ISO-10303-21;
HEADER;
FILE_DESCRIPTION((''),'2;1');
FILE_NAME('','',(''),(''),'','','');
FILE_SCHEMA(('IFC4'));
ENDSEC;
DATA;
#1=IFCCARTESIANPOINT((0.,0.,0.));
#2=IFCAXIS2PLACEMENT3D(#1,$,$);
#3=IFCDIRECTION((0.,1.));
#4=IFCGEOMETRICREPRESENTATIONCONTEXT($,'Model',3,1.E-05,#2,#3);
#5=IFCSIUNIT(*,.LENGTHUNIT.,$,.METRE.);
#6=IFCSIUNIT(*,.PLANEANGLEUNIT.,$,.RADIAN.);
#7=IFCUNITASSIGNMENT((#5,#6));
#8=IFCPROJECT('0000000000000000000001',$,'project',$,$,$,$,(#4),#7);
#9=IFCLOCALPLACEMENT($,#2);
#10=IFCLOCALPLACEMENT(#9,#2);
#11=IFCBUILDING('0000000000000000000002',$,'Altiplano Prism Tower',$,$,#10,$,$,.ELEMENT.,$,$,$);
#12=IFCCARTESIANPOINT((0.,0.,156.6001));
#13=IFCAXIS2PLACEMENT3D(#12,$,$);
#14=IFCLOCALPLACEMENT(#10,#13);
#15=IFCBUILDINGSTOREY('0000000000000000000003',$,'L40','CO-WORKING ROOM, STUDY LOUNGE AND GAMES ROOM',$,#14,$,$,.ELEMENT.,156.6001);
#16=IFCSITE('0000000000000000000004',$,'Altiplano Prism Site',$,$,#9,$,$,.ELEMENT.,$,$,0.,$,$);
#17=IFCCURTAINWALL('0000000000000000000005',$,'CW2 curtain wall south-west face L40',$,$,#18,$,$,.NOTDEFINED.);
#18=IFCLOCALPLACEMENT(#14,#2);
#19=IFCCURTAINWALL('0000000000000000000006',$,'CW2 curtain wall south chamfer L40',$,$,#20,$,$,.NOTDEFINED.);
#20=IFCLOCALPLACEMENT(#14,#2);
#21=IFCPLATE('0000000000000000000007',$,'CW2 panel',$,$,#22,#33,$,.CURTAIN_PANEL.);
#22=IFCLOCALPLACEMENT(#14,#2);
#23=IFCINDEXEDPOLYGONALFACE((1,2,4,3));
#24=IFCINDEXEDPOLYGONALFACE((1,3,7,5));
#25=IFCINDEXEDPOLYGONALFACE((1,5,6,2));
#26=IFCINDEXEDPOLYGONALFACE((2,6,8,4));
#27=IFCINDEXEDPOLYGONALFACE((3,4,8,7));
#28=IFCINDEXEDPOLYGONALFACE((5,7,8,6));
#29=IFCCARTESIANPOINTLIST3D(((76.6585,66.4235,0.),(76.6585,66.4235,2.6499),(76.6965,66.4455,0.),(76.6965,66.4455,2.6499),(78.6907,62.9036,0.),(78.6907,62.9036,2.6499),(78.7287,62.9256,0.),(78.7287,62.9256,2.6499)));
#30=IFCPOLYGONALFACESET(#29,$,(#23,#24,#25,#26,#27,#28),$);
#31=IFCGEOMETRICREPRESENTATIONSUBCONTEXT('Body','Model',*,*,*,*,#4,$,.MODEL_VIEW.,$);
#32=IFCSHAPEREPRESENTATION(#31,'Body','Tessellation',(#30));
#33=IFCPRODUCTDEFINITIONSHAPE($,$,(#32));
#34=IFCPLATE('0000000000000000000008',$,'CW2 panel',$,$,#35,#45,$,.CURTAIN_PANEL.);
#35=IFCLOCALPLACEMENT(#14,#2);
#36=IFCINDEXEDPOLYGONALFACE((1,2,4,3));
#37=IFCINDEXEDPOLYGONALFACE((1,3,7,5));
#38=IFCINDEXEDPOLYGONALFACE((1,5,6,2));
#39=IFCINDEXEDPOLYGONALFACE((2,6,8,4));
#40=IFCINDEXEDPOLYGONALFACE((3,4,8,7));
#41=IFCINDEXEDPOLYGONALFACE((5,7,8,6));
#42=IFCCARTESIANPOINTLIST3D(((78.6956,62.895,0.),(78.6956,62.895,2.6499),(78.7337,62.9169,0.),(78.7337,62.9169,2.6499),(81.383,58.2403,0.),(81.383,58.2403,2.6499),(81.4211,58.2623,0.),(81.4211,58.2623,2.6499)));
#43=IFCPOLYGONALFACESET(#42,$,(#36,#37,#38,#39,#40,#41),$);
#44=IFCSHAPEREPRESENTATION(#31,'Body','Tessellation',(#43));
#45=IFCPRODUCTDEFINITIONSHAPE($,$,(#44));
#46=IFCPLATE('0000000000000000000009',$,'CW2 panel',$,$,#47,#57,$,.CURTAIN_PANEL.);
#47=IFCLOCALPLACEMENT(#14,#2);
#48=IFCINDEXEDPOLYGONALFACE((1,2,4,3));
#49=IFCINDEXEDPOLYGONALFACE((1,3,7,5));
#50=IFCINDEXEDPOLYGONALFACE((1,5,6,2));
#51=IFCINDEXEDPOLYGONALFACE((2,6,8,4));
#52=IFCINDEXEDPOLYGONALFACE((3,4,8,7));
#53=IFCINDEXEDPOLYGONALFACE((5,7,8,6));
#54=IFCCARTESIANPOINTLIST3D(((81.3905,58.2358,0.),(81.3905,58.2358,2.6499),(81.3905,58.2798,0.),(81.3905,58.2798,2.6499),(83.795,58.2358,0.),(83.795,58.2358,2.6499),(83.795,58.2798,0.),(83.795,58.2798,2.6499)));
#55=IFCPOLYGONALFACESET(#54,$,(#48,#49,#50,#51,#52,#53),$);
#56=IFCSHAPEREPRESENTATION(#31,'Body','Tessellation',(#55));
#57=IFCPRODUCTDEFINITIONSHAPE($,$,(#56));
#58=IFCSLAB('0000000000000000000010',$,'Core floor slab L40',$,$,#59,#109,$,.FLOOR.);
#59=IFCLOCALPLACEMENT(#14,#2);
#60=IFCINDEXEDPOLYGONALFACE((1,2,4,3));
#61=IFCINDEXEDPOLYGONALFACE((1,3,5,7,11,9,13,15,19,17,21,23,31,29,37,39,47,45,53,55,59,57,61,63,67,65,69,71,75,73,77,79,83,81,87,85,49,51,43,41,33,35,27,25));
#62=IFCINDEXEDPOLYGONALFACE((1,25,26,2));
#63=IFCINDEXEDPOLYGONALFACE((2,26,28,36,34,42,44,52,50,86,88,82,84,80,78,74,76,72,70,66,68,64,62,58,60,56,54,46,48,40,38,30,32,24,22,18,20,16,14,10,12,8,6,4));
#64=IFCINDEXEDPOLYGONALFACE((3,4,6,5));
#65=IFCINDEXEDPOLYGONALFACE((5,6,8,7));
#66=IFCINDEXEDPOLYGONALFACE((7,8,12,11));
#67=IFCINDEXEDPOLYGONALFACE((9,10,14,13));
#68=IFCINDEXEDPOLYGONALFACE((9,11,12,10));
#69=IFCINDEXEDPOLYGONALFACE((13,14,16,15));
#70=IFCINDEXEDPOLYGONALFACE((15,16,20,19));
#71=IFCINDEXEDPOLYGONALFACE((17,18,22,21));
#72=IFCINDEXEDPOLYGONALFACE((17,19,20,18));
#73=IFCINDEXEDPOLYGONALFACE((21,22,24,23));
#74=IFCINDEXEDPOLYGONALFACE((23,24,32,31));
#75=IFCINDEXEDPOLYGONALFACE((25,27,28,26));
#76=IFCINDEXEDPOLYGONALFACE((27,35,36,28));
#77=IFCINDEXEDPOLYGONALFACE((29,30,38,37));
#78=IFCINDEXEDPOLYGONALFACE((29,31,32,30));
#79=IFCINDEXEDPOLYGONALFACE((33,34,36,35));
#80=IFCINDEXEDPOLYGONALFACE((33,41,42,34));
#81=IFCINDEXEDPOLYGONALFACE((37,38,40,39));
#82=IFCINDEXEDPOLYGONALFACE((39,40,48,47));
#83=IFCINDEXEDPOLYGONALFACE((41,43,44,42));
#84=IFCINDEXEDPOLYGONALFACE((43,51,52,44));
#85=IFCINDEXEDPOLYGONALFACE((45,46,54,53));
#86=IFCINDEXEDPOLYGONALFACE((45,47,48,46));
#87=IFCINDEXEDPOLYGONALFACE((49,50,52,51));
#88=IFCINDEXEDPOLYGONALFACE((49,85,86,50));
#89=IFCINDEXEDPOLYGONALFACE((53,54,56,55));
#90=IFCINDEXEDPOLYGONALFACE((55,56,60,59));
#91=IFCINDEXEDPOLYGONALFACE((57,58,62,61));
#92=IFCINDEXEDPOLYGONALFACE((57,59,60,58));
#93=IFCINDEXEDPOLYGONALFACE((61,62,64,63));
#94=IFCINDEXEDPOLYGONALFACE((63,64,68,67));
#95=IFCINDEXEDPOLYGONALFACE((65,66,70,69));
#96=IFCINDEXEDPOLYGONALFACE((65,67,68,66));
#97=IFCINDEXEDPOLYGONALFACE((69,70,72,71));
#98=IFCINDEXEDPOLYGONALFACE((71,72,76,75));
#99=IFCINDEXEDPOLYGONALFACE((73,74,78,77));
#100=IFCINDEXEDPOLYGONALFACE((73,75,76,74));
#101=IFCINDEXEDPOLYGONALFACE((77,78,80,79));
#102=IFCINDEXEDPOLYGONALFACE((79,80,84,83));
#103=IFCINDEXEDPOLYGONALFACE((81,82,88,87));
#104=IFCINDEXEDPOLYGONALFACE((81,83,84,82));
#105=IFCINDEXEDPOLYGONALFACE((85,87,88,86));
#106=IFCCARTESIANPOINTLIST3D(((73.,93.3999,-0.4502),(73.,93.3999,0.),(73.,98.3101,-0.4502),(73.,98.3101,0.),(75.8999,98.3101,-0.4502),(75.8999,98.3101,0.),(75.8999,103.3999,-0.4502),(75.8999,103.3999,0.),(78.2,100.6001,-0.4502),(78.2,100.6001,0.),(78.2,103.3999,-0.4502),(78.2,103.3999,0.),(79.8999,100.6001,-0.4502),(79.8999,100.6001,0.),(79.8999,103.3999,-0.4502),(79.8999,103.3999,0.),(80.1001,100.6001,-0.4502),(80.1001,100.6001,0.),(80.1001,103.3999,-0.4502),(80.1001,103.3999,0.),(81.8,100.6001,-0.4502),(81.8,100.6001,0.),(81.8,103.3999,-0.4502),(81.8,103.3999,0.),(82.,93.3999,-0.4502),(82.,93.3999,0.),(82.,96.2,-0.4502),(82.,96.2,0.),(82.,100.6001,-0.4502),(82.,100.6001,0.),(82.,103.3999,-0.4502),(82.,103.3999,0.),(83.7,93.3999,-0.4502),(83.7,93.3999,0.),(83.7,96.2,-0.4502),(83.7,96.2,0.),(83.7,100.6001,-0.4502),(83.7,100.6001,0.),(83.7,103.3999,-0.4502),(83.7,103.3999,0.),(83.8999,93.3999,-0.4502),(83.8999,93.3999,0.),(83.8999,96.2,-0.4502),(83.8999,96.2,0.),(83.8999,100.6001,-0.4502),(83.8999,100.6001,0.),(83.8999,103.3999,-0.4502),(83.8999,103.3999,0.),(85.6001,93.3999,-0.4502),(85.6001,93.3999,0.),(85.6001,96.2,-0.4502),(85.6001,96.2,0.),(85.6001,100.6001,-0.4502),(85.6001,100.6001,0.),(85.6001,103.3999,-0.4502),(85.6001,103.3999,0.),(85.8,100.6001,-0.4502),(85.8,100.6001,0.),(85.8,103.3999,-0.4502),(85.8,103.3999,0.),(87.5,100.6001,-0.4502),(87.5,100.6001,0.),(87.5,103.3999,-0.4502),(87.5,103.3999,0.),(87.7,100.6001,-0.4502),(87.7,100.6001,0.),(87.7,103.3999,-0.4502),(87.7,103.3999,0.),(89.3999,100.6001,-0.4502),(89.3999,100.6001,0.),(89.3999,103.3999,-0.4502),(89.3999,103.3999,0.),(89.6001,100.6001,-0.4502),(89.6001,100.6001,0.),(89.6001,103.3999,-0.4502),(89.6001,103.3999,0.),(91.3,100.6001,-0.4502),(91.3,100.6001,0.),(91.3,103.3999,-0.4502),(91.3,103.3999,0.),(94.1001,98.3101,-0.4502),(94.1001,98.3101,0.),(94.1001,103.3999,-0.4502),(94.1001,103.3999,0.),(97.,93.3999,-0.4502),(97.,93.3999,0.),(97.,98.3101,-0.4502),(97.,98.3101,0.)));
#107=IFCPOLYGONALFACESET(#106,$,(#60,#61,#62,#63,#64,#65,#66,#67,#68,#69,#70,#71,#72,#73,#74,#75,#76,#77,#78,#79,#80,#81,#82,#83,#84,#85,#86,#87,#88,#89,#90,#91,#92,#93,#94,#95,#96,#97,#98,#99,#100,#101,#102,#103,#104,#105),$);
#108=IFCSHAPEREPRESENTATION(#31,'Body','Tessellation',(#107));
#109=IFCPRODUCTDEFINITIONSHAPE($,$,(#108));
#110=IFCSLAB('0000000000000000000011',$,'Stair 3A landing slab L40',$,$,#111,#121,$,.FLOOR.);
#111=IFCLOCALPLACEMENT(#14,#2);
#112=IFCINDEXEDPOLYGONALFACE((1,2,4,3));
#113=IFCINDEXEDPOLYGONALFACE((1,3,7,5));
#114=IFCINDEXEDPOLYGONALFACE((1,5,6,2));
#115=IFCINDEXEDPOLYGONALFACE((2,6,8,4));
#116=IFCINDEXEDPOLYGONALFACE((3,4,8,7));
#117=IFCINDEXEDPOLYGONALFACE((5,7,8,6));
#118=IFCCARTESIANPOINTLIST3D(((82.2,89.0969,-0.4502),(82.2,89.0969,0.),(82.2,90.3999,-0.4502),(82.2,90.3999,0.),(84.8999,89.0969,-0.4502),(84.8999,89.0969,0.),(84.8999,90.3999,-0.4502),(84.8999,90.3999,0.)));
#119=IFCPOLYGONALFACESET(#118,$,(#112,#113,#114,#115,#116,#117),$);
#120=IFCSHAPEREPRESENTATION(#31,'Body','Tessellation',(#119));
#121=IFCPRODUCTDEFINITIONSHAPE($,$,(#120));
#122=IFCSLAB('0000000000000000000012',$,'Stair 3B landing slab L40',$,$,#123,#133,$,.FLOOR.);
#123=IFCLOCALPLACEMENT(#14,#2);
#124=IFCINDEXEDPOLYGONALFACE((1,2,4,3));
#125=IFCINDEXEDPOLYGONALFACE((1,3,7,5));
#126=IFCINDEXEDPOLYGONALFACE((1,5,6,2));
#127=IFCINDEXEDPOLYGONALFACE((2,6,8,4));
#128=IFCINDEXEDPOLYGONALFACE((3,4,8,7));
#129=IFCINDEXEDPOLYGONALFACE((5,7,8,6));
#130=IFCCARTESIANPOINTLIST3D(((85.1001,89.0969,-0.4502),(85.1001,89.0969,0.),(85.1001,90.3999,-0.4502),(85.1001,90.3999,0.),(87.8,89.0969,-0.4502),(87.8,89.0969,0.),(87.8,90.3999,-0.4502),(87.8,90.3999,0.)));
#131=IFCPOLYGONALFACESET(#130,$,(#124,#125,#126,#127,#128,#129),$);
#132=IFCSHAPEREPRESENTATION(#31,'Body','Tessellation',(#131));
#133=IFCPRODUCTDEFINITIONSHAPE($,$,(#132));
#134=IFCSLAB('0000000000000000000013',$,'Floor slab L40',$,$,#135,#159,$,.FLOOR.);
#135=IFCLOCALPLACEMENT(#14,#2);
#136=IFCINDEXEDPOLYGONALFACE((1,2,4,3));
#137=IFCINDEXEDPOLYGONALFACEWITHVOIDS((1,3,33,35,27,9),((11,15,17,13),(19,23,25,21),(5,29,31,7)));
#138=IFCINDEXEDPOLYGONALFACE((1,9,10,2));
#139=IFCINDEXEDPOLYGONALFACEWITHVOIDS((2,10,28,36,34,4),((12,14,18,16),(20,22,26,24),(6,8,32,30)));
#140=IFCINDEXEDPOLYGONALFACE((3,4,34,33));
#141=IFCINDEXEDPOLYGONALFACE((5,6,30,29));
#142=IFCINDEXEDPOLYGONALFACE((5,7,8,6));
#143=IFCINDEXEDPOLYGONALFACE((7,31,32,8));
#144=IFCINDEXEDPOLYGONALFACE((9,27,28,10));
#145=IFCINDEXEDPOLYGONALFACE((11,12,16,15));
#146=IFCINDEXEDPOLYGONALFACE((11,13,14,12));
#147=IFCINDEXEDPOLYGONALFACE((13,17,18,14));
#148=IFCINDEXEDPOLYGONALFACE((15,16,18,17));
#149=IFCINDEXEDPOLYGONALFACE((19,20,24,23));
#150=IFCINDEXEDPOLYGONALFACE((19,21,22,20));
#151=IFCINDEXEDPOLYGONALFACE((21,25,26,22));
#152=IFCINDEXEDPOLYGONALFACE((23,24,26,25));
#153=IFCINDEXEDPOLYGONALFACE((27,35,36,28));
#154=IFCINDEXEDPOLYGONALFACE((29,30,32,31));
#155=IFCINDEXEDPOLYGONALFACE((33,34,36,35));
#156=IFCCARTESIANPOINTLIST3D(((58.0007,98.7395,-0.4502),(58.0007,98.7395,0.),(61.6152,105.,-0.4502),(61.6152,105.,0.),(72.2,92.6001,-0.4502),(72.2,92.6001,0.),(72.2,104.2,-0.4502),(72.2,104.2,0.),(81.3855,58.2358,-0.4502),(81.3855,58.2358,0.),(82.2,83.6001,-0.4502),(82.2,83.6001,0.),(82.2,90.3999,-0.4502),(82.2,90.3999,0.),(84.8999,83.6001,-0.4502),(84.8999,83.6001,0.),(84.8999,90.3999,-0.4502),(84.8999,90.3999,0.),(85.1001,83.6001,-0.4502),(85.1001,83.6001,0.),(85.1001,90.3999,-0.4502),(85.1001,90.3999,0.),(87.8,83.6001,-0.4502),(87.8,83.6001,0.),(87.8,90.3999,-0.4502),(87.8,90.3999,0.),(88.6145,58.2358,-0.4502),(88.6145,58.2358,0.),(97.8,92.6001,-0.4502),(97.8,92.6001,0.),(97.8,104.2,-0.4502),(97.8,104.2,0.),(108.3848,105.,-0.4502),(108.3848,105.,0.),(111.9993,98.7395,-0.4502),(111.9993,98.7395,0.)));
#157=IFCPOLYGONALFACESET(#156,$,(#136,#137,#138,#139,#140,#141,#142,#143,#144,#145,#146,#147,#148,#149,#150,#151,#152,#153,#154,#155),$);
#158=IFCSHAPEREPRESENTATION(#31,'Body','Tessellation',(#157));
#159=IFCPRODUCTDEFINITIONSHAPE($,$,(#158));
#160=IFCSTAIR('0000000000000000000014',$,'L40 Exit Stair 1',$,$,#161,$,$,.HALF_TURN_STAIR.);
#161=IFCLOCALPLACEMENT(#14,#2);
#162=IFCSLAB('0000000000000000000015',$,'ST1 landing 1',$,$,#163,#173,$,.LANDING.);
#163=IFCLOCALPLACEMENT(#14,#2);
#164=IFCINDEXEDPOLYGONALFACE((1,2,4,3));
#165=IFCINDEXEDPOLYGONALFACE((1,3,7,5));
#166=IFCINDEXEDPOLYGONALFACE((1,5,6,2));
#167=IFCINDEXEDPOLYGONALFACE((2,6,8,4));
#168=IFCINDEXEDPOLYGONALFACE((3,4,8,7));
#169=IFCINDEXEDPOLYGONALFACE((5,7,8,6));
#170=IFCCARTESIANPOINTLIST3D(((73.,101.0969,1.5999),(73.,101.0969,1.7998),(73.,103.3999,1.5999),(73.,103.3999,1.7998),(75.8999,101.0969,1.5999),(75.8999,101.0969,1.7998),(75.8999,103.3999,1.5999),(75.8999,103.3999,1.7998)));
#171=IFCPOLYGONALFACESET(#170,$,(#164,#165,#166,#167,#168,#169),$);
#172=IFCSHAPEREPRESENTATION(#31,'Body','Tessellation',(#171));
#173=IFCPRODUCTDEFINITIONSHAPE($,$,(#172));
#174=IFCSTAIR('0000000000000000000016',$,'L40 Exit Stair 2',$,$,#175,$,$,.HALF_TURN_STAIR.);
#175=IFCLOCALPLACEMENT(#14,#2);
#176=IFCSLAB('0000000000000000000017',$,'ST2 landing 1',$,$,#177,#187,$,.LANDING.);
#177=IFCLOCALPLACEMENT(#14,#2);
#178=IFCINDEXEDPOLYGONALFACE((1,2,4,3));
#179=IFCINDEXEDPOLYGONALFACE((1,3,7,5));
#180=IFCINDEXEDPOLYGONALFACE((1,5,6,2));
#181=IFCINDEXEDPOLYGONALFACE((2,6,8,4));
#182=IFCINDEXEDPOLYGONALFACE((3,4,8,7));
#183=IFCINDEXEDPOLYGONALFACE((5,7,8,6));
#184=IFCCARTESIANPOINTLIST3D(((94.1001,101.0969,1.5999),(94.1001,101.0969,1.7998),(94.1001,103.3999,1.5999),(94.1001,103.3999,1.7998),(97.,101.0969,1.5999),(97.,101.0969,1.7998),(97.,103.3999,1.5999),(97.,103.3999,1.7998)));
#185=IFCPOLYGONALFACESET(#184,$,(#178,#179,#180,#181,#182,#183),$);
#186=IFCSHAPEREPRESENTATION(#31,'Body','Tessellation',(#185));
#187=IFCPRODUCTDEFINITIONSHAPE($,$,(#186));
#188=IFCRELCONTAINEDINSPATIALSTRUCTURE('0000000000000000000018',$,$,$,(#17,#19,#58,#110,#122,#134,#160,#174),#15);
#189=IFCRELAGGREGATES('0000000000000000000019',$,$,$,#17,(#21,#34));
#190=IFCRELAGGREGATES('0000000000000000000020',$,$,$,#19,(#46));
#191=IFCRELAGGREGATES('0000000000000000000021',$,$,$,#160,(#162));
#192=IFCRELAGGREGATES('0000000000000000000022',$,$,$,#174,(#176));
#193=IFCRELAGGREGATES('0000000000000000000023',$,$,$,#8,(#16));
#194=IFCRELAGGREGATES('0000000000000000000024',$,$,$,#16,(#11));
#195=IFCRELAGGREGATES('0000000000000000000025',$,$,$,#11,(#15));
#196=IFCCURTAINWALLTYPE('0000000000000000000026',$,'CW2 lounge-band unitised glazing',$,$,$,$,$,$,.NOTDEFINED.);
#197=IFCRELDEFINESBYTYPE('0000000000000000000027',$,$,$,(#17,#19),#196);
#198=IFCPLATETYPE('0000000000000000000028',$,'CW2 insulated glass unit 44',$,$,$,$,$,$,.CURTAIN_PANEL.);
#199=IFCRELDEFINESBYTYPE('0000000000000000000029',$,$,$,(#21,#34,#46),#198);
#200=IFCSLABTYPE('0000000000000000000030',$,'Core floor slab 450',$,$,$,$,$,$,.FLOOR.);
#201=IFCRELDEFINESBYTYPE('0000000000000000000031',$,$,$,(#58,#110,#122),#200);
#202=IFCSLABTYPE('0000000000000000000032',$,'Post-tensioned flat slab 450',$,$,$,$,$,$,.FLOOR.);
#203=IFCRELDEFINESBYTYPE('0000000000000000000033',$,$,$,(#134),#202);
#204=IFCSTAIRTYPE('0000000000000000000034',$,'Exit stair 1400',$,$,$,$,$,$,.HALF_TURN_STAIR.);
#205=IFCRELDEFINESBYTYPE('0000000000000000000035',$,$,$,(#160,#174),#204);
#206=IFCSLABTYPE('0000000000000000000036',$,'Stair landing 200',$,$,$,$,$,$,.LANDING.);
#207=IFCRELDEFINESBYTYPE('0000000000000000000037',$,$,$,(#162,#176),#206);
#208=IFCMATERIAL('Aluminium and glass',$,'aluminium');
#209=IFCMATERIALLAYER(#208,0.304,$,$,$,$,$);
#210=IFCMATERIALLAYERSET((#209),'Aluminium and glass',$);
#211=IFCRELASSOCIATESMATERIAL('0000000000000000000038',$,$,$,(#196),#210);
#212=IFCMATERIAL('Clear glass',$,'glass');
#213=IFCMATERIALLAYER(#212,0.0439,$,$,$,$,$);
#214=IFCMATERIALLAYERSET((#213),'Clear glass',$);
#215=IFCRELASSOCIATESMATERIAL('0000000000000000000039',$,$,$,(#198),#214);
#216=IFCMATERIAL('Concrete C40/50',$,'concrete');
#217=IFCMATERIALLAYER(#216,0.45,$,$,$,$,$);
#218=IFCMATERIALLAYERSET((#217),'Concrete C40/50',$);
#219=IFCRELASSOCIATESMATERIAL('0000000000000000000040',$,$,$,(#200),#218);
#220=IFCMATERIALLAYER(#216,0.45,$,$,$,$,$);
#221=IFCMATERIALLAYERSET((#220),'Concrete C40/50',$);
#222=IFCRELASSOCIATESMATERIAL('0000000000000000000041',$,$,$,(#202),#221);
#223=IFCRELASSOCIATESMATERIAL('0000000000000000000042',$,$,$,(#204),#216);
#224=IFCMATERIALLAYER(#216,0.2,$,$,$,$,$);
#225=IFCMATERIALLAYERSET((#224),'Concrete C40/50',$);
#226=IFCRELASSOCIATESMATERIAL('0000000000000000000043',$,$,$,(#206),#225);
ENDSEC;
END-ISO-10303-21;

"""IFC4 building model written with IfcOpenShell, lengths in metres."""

from ifc_helpers import new_model, si_unit, direction, frame, origin, origin_2d, place, context, subcontext, project, spatial, polyline, rectangle, outline, extrude, material, layer, layer_set, type_object, element, aggregate, save


model = new_model("IFC4")

# Units and contexts
model_context = context("Model", 3, precision=1e-05, world=origin(), true_north=direction((0.0, 1.0)))
body_context = subcontext(model_context, "Body", "Model", "MODEL_VIEW")
ifc_project = project(units=[si_unit("LENGTHUNIT", "METRE"), si_unit("PLANEANGLEUNIT", "RADIAN")], contexts=[model_context])

# Site, building, storey
site_placement = place(None, origin())
site = spatial("IfcSite", under=ifc_project, at=site_placement, Name="Altiplano Prism Site", CompositionType="ELEMENT", RefElevation=0.0)
building_placement = place(site_placement, origin())
building = spatial("IfcBuilding", under=site, at=building_placement, Name="Altiplano Prism Tower", CompositionType="ELEMENT")
storey_placement = place(building_placement, frame((0.0, 0.0, 156.6001)))
storey = spatial("IfcBuildingStorey", under=building, at=storey_placement, Name="L40", Description="CO-WORKING ROOM, STUDY LOUNGE AND GAMES ROOM", CompositionType="ELEMENT", Elevation=156.6001)

# Curtain wall
ifc_material_1 = material(Name="Aluminium and glass", Category="aluminium")
ifc_layer_1 = layer(ifc_material_1, 0.304)
ifc_layer_set_1 = layer_set([ifc_layer_1], Name="Aluminium and glass")
curtain_wall_type = type_object("IfcCurtainWallType", Name="CW2 lounge-band unitised glazing", PredefinedType="NOTDEFINED", material=ifc_layer_set_1)
curtain_wall_1_placement = place(storey_placement, origin())
curtain_wall_1 = element("IfcCurtainWall", 1, at=curtain_wall_1_placement, inside=storey, type_object=curtain_wall_type, Name="CW2 curtain wall south-west face L40", PredefinedType="NOTDEFINED")

# Curtain wall
curtain_wall_2_placement = place(storey_placement, origin())
curtain_wall_2 = element("IfcCurtainWall", 2, at=curtain_wall_2_placement, inside=storey, type_object=curtain_wall_type, Name="CW2 curtain wall south chamfer L40", PredefinedType="NOTDEFINED")

# Plates
ifc_material_2 = material(Name="Clear glass", Category="glass")
ifc_layer_2 = layer(ifc_material_2, 0.0439)
ifc_layer_set_2 = layer_set([ifc_layer_2], Name="Clear glass")
plate_type = type_object("IfcPlateType", Name="CW2 insulated glass unit 44", PredefinedType="CURTAIN_PANEL", material=ifc_layer_set_2)
plate_1_placement = place(storey_placement, frame((77.6936, 64.6746, 0.0), z_axis=(0.0, 0.0, 1.0), x_axis=(0.5, -0.866025, 0.0)))
plate_1 = element("IfcPlate", 3, at=plate_1_placement, type_object=plate_type, Name="CW2 panel", PredefinedType="CURTAIN_PANEL", context=body_context, shape_type="SweptSolid", body=[
    extrude(rectangle(XDim=4.0645, YDim=0.0439, at=origin_2d()), origin(), (0.0, 0.0, 1.0), 2.6499),
])
plate_2_placement = place(storey_placement, frame((80.0583, 60.5786, 0.0), z_axis=(0.0, 0.0, 1.0), x_axis=(0.5, -0.866025, 0.0)))
plate_2 = element("IfcPlate", 4, at=plate_2_placement, type_object=plate_type, Name="CW2 panel", PredefinedType="CURTAIN_PANEL", context=body_context, shape_type="SweptSolid", body=[
    extrude(rectangle(XDim=5.3748, YDim=0.0439, at=origin_2d()), origin(), (0.0, 0.0, 1.0), 2.6499),
])
aggregate(curtain_wall_1, [plate_1, plate_2])
plate_3_placement = place(storey_placement, frame((82.5928, 58.2578, 0.0), z_axis=(0.0, 0.0, 1.0), x_axis=(1.0, 0.0, 0.0)))
plate_3 = element("IfcPlate", 5, at=plate_3_placement, type_object=plate_type, Name="CW2 panel", PredefinedType="CURTAIN_PANEL", context=body_context, shape_type="SweptSolid", body=[
    extrude(rectangle(XDim=2.4045, YDim=0.0439, at=origin_2d()), origin(), (0.0, 0.0, 1.0), 2.6499),
])
aggregate(curtain_wall_2, [plate_3])

# Slabs
ifc_material_3 = material(Name="Concrete C40/50", Category="concrete")
ifc_layer_3 = layer(ifc_material_3, 0.45)
ifc_layer_set_3 = layer_set([ifc_layer_3], Name="Concrete C40/50")
slab_type_1 = type_object("IfcSlabType", Name="Core floor slab 450", PredefinedType="FLOOR", material=ifc_layer_set_3)
slab_1_placement = place(storey_placement, frame((0.0, 0.0, -0.4502)))
element("IfcSlab", 6, at=slab_1_placement, inside=storey, type_object=slab_type_1, Name="Core floor slab L40", PredefinedType="FLOOR", context=body_context, shape_type="SweptSolid", body=[
    extrude(outline(polyline([(97.0, 98.3101), (94.1001, 98.3101), (94.1001, 103.3999), (91.3, 103.3999), (91.3, 100.6001), (89.6001, 100.6001), (89.6001, 103.3999), (89.3999, 103.3999), (89.3999, 100.6001), (87.7, 100.6001), (87.7, 103.3999), (87.5, 103.3999), (87.5, 100.6001), (85.8, 100.6001), (85.8, 103.3999), (85.6001, 103.3999), (85.6001, 100.6001), (83.8999, 100.6001), (83.8999, 103.3999), (83.7, 103.3999), (83.7, 100.6001), (82.0, 100.6001), (82.0, 103.3999), (81.8, 103.3999), (81.8, 100.6001), (80.1001, 100.6001), (80.1001, 103.3999), (79.8999, 103.3999), (79.8999, 100.6001), (78.2, 100.6001), (78.2, 103.3999), (75.8999, 103.3999), (75.8999, 98.3101), (73.0, 98.3101), (73.0, 93.3999), (82.0, 93.3999), (82.0, 96.2), (83.7, 96.2), (83.7, 93.3999), (83.8999, 93.3999), (83.8999, 96.2), (85.6001, 96.2), (85.6001, 93.3999), (97.0, 93.3999), (97.0, 98.3101)])), origin(), (0.0, 0.0, 1.0), 0.4502),
])
slab_2_placement = place(storey_placement, frame((0.0, 0.0, -0.4502)))
element("IfcSlab", 7, at=slab_2_placement, inside=storey, type_object=slab_type_1, Name="Stair 3A landing slab L40", PredefinedType="FLOOR", context=body_context, shape_type="SweptSolid", body=[
    extrude(outline(polyline([(82.2, 89.0969), (84.8999, 89.0969), (84.8999, 90.3999), (82.2, 90.3999), (82.2, 89.0969)])), origin(), (0.0, 0.0, 1.0), 0.4502),
])
slab_3_placement = place(storey_placement, frame((0.0, 0.0, -0.4502)))
element("IfcSlab", 8, at=slab_3_placement, inside=storey, type_object=slab_type_1, Name="Stair 3B landing slab L40", PredefinedType="FLOOR", context=body_context, shape_type="SweptSolid", body=[
    extrude(outline(polyline([(85.1001, 89.0969), (87.8, 89.0969), (87.8, 90.3999), (85.1001, 90.3999), (85.1001, 89.0969)])), origin(), (0.0, 0.0, 1.0), 0.4502),
])
ifc_layer_4 = layer(ifc_material_3, 0.45)
ifc_layer_set_4 = layer_set([ifc_layer_4], Name="Concrete C40/50")
slab_type_2 = type_object("IfcSlabType", Name="Post-tensioned flat slab 450", PredefinedType="FLOOR", material=ifc_layer_set_4)
slab_4_placement = place(storey_placement, frame((0.0, 0.0, -0.4502)))
element("IfcSlab", 9, at=slab_4_placement, inside=storey, type_object=slab_type_2, Name="Floor slab L40", PredefinedType="FLOOR", context=body_context, shape_type="SweptSolid", body=[
    extrude(outline(polyline([(81.3855, 58.2358), (58.0007, 98.7395), (61.6152, 105.0), (108.3848, 105.0), (111.9993, 98.7395), (88.6145, 58.2358), (81.3855, 58.2358)]), holes=[polyline([(72.2, 104.2), (72.2, 92.6001), (97.8, 92.6001), (97.8, 104.2), (72.2, 104.2)]), polyline([(84.8999, 90.3999), (82.2, 90.3999), (82.2, 83.6001), (84.8999, 83.6001), (84.8999, 90.3999)]), polyline([(87.8, 83.6001), (87.8, 90.3999), (85.1001, 90.3999), (85.1001, 83.6001), (87.8, 83.6001)])]), origin(), (0.0, 0.0, 1.0), 0.4502),
])

# Stairs, slabs
stair_type_1 = type_object("IfcStairType", Name="Exit stair 1400", PredefinedType="HALF_TURN_STAIR", material=ifc_material_3)
stair_1_placement = place(storey_placement, origin())
stair_1 = element("IfcStair", 10, at=stair_1_placement, inside=storey, type_object=stair_type_1, Name="L40 Exit Stair 1", PredefinedType="HALF_TURN_STAIR")
ifc_layer_5 = layer(ifc_material_3, 0.2)
ifc_layer_set_5 = layer_set([ifc_layer_5], Name="Concrete C40/50")
slab_type_3 = type_object("IfcSlabType", Name="Stair landing 200", PredefinedType="LANDING", material=ifc_layer_set_5)
slab_5_placement = place(storey_placement, frame((0.0, 0.0, 1.5999)))
slab_5 = element("IfcSlab", 11, at=slab_5_placement, type_object=slab_type_3, Name="ST1 landing 1", PredefinedType="LANDING", context=body_context, shape_type="SweptSolid", body=[
    extrude(outline(polyline([(75.8999, 101.0969), (75.8999, 103.3999), (73.0, 103.3999), (73.0, 101.0969), (75.8999, 101.0969)])), origin(), (0.0, 0.0, 1.0), 0.2),
])
aggregate(stair_1, [slab_5])
stair_2_placement = place(storey_placement, origin())
stair_2 = element("IfcStair", 12, at=stair_2_placement, inside=storey, type_object=stair_type_1, Name="L40 Exit Stair 2", PredefinedType="HALF_TURN_STAIR")
slab_6_placement = place(storey_placement, frame((0.0, 0.0, 1.5999)))
slab_6 = element("IfcSlab", 13, at=slab_6_placement, type_object=slab_type_3, Name="ST2 landing 1", PredefinedType="LANDING", context=body_context, shape_type="SweptSolid", body=[
    extrude(outline(polyline([(97.0, 101.0969), (97.0, 103.3999), (94.1001, 103.3999), (94.1001, 101.0969), (97.0, 101.0969)])), origin(), (0.0, 0.0, 1.0), 0.2),
])
aggregate(stair_2, [slab_6])

save(model, "model.ifc")
